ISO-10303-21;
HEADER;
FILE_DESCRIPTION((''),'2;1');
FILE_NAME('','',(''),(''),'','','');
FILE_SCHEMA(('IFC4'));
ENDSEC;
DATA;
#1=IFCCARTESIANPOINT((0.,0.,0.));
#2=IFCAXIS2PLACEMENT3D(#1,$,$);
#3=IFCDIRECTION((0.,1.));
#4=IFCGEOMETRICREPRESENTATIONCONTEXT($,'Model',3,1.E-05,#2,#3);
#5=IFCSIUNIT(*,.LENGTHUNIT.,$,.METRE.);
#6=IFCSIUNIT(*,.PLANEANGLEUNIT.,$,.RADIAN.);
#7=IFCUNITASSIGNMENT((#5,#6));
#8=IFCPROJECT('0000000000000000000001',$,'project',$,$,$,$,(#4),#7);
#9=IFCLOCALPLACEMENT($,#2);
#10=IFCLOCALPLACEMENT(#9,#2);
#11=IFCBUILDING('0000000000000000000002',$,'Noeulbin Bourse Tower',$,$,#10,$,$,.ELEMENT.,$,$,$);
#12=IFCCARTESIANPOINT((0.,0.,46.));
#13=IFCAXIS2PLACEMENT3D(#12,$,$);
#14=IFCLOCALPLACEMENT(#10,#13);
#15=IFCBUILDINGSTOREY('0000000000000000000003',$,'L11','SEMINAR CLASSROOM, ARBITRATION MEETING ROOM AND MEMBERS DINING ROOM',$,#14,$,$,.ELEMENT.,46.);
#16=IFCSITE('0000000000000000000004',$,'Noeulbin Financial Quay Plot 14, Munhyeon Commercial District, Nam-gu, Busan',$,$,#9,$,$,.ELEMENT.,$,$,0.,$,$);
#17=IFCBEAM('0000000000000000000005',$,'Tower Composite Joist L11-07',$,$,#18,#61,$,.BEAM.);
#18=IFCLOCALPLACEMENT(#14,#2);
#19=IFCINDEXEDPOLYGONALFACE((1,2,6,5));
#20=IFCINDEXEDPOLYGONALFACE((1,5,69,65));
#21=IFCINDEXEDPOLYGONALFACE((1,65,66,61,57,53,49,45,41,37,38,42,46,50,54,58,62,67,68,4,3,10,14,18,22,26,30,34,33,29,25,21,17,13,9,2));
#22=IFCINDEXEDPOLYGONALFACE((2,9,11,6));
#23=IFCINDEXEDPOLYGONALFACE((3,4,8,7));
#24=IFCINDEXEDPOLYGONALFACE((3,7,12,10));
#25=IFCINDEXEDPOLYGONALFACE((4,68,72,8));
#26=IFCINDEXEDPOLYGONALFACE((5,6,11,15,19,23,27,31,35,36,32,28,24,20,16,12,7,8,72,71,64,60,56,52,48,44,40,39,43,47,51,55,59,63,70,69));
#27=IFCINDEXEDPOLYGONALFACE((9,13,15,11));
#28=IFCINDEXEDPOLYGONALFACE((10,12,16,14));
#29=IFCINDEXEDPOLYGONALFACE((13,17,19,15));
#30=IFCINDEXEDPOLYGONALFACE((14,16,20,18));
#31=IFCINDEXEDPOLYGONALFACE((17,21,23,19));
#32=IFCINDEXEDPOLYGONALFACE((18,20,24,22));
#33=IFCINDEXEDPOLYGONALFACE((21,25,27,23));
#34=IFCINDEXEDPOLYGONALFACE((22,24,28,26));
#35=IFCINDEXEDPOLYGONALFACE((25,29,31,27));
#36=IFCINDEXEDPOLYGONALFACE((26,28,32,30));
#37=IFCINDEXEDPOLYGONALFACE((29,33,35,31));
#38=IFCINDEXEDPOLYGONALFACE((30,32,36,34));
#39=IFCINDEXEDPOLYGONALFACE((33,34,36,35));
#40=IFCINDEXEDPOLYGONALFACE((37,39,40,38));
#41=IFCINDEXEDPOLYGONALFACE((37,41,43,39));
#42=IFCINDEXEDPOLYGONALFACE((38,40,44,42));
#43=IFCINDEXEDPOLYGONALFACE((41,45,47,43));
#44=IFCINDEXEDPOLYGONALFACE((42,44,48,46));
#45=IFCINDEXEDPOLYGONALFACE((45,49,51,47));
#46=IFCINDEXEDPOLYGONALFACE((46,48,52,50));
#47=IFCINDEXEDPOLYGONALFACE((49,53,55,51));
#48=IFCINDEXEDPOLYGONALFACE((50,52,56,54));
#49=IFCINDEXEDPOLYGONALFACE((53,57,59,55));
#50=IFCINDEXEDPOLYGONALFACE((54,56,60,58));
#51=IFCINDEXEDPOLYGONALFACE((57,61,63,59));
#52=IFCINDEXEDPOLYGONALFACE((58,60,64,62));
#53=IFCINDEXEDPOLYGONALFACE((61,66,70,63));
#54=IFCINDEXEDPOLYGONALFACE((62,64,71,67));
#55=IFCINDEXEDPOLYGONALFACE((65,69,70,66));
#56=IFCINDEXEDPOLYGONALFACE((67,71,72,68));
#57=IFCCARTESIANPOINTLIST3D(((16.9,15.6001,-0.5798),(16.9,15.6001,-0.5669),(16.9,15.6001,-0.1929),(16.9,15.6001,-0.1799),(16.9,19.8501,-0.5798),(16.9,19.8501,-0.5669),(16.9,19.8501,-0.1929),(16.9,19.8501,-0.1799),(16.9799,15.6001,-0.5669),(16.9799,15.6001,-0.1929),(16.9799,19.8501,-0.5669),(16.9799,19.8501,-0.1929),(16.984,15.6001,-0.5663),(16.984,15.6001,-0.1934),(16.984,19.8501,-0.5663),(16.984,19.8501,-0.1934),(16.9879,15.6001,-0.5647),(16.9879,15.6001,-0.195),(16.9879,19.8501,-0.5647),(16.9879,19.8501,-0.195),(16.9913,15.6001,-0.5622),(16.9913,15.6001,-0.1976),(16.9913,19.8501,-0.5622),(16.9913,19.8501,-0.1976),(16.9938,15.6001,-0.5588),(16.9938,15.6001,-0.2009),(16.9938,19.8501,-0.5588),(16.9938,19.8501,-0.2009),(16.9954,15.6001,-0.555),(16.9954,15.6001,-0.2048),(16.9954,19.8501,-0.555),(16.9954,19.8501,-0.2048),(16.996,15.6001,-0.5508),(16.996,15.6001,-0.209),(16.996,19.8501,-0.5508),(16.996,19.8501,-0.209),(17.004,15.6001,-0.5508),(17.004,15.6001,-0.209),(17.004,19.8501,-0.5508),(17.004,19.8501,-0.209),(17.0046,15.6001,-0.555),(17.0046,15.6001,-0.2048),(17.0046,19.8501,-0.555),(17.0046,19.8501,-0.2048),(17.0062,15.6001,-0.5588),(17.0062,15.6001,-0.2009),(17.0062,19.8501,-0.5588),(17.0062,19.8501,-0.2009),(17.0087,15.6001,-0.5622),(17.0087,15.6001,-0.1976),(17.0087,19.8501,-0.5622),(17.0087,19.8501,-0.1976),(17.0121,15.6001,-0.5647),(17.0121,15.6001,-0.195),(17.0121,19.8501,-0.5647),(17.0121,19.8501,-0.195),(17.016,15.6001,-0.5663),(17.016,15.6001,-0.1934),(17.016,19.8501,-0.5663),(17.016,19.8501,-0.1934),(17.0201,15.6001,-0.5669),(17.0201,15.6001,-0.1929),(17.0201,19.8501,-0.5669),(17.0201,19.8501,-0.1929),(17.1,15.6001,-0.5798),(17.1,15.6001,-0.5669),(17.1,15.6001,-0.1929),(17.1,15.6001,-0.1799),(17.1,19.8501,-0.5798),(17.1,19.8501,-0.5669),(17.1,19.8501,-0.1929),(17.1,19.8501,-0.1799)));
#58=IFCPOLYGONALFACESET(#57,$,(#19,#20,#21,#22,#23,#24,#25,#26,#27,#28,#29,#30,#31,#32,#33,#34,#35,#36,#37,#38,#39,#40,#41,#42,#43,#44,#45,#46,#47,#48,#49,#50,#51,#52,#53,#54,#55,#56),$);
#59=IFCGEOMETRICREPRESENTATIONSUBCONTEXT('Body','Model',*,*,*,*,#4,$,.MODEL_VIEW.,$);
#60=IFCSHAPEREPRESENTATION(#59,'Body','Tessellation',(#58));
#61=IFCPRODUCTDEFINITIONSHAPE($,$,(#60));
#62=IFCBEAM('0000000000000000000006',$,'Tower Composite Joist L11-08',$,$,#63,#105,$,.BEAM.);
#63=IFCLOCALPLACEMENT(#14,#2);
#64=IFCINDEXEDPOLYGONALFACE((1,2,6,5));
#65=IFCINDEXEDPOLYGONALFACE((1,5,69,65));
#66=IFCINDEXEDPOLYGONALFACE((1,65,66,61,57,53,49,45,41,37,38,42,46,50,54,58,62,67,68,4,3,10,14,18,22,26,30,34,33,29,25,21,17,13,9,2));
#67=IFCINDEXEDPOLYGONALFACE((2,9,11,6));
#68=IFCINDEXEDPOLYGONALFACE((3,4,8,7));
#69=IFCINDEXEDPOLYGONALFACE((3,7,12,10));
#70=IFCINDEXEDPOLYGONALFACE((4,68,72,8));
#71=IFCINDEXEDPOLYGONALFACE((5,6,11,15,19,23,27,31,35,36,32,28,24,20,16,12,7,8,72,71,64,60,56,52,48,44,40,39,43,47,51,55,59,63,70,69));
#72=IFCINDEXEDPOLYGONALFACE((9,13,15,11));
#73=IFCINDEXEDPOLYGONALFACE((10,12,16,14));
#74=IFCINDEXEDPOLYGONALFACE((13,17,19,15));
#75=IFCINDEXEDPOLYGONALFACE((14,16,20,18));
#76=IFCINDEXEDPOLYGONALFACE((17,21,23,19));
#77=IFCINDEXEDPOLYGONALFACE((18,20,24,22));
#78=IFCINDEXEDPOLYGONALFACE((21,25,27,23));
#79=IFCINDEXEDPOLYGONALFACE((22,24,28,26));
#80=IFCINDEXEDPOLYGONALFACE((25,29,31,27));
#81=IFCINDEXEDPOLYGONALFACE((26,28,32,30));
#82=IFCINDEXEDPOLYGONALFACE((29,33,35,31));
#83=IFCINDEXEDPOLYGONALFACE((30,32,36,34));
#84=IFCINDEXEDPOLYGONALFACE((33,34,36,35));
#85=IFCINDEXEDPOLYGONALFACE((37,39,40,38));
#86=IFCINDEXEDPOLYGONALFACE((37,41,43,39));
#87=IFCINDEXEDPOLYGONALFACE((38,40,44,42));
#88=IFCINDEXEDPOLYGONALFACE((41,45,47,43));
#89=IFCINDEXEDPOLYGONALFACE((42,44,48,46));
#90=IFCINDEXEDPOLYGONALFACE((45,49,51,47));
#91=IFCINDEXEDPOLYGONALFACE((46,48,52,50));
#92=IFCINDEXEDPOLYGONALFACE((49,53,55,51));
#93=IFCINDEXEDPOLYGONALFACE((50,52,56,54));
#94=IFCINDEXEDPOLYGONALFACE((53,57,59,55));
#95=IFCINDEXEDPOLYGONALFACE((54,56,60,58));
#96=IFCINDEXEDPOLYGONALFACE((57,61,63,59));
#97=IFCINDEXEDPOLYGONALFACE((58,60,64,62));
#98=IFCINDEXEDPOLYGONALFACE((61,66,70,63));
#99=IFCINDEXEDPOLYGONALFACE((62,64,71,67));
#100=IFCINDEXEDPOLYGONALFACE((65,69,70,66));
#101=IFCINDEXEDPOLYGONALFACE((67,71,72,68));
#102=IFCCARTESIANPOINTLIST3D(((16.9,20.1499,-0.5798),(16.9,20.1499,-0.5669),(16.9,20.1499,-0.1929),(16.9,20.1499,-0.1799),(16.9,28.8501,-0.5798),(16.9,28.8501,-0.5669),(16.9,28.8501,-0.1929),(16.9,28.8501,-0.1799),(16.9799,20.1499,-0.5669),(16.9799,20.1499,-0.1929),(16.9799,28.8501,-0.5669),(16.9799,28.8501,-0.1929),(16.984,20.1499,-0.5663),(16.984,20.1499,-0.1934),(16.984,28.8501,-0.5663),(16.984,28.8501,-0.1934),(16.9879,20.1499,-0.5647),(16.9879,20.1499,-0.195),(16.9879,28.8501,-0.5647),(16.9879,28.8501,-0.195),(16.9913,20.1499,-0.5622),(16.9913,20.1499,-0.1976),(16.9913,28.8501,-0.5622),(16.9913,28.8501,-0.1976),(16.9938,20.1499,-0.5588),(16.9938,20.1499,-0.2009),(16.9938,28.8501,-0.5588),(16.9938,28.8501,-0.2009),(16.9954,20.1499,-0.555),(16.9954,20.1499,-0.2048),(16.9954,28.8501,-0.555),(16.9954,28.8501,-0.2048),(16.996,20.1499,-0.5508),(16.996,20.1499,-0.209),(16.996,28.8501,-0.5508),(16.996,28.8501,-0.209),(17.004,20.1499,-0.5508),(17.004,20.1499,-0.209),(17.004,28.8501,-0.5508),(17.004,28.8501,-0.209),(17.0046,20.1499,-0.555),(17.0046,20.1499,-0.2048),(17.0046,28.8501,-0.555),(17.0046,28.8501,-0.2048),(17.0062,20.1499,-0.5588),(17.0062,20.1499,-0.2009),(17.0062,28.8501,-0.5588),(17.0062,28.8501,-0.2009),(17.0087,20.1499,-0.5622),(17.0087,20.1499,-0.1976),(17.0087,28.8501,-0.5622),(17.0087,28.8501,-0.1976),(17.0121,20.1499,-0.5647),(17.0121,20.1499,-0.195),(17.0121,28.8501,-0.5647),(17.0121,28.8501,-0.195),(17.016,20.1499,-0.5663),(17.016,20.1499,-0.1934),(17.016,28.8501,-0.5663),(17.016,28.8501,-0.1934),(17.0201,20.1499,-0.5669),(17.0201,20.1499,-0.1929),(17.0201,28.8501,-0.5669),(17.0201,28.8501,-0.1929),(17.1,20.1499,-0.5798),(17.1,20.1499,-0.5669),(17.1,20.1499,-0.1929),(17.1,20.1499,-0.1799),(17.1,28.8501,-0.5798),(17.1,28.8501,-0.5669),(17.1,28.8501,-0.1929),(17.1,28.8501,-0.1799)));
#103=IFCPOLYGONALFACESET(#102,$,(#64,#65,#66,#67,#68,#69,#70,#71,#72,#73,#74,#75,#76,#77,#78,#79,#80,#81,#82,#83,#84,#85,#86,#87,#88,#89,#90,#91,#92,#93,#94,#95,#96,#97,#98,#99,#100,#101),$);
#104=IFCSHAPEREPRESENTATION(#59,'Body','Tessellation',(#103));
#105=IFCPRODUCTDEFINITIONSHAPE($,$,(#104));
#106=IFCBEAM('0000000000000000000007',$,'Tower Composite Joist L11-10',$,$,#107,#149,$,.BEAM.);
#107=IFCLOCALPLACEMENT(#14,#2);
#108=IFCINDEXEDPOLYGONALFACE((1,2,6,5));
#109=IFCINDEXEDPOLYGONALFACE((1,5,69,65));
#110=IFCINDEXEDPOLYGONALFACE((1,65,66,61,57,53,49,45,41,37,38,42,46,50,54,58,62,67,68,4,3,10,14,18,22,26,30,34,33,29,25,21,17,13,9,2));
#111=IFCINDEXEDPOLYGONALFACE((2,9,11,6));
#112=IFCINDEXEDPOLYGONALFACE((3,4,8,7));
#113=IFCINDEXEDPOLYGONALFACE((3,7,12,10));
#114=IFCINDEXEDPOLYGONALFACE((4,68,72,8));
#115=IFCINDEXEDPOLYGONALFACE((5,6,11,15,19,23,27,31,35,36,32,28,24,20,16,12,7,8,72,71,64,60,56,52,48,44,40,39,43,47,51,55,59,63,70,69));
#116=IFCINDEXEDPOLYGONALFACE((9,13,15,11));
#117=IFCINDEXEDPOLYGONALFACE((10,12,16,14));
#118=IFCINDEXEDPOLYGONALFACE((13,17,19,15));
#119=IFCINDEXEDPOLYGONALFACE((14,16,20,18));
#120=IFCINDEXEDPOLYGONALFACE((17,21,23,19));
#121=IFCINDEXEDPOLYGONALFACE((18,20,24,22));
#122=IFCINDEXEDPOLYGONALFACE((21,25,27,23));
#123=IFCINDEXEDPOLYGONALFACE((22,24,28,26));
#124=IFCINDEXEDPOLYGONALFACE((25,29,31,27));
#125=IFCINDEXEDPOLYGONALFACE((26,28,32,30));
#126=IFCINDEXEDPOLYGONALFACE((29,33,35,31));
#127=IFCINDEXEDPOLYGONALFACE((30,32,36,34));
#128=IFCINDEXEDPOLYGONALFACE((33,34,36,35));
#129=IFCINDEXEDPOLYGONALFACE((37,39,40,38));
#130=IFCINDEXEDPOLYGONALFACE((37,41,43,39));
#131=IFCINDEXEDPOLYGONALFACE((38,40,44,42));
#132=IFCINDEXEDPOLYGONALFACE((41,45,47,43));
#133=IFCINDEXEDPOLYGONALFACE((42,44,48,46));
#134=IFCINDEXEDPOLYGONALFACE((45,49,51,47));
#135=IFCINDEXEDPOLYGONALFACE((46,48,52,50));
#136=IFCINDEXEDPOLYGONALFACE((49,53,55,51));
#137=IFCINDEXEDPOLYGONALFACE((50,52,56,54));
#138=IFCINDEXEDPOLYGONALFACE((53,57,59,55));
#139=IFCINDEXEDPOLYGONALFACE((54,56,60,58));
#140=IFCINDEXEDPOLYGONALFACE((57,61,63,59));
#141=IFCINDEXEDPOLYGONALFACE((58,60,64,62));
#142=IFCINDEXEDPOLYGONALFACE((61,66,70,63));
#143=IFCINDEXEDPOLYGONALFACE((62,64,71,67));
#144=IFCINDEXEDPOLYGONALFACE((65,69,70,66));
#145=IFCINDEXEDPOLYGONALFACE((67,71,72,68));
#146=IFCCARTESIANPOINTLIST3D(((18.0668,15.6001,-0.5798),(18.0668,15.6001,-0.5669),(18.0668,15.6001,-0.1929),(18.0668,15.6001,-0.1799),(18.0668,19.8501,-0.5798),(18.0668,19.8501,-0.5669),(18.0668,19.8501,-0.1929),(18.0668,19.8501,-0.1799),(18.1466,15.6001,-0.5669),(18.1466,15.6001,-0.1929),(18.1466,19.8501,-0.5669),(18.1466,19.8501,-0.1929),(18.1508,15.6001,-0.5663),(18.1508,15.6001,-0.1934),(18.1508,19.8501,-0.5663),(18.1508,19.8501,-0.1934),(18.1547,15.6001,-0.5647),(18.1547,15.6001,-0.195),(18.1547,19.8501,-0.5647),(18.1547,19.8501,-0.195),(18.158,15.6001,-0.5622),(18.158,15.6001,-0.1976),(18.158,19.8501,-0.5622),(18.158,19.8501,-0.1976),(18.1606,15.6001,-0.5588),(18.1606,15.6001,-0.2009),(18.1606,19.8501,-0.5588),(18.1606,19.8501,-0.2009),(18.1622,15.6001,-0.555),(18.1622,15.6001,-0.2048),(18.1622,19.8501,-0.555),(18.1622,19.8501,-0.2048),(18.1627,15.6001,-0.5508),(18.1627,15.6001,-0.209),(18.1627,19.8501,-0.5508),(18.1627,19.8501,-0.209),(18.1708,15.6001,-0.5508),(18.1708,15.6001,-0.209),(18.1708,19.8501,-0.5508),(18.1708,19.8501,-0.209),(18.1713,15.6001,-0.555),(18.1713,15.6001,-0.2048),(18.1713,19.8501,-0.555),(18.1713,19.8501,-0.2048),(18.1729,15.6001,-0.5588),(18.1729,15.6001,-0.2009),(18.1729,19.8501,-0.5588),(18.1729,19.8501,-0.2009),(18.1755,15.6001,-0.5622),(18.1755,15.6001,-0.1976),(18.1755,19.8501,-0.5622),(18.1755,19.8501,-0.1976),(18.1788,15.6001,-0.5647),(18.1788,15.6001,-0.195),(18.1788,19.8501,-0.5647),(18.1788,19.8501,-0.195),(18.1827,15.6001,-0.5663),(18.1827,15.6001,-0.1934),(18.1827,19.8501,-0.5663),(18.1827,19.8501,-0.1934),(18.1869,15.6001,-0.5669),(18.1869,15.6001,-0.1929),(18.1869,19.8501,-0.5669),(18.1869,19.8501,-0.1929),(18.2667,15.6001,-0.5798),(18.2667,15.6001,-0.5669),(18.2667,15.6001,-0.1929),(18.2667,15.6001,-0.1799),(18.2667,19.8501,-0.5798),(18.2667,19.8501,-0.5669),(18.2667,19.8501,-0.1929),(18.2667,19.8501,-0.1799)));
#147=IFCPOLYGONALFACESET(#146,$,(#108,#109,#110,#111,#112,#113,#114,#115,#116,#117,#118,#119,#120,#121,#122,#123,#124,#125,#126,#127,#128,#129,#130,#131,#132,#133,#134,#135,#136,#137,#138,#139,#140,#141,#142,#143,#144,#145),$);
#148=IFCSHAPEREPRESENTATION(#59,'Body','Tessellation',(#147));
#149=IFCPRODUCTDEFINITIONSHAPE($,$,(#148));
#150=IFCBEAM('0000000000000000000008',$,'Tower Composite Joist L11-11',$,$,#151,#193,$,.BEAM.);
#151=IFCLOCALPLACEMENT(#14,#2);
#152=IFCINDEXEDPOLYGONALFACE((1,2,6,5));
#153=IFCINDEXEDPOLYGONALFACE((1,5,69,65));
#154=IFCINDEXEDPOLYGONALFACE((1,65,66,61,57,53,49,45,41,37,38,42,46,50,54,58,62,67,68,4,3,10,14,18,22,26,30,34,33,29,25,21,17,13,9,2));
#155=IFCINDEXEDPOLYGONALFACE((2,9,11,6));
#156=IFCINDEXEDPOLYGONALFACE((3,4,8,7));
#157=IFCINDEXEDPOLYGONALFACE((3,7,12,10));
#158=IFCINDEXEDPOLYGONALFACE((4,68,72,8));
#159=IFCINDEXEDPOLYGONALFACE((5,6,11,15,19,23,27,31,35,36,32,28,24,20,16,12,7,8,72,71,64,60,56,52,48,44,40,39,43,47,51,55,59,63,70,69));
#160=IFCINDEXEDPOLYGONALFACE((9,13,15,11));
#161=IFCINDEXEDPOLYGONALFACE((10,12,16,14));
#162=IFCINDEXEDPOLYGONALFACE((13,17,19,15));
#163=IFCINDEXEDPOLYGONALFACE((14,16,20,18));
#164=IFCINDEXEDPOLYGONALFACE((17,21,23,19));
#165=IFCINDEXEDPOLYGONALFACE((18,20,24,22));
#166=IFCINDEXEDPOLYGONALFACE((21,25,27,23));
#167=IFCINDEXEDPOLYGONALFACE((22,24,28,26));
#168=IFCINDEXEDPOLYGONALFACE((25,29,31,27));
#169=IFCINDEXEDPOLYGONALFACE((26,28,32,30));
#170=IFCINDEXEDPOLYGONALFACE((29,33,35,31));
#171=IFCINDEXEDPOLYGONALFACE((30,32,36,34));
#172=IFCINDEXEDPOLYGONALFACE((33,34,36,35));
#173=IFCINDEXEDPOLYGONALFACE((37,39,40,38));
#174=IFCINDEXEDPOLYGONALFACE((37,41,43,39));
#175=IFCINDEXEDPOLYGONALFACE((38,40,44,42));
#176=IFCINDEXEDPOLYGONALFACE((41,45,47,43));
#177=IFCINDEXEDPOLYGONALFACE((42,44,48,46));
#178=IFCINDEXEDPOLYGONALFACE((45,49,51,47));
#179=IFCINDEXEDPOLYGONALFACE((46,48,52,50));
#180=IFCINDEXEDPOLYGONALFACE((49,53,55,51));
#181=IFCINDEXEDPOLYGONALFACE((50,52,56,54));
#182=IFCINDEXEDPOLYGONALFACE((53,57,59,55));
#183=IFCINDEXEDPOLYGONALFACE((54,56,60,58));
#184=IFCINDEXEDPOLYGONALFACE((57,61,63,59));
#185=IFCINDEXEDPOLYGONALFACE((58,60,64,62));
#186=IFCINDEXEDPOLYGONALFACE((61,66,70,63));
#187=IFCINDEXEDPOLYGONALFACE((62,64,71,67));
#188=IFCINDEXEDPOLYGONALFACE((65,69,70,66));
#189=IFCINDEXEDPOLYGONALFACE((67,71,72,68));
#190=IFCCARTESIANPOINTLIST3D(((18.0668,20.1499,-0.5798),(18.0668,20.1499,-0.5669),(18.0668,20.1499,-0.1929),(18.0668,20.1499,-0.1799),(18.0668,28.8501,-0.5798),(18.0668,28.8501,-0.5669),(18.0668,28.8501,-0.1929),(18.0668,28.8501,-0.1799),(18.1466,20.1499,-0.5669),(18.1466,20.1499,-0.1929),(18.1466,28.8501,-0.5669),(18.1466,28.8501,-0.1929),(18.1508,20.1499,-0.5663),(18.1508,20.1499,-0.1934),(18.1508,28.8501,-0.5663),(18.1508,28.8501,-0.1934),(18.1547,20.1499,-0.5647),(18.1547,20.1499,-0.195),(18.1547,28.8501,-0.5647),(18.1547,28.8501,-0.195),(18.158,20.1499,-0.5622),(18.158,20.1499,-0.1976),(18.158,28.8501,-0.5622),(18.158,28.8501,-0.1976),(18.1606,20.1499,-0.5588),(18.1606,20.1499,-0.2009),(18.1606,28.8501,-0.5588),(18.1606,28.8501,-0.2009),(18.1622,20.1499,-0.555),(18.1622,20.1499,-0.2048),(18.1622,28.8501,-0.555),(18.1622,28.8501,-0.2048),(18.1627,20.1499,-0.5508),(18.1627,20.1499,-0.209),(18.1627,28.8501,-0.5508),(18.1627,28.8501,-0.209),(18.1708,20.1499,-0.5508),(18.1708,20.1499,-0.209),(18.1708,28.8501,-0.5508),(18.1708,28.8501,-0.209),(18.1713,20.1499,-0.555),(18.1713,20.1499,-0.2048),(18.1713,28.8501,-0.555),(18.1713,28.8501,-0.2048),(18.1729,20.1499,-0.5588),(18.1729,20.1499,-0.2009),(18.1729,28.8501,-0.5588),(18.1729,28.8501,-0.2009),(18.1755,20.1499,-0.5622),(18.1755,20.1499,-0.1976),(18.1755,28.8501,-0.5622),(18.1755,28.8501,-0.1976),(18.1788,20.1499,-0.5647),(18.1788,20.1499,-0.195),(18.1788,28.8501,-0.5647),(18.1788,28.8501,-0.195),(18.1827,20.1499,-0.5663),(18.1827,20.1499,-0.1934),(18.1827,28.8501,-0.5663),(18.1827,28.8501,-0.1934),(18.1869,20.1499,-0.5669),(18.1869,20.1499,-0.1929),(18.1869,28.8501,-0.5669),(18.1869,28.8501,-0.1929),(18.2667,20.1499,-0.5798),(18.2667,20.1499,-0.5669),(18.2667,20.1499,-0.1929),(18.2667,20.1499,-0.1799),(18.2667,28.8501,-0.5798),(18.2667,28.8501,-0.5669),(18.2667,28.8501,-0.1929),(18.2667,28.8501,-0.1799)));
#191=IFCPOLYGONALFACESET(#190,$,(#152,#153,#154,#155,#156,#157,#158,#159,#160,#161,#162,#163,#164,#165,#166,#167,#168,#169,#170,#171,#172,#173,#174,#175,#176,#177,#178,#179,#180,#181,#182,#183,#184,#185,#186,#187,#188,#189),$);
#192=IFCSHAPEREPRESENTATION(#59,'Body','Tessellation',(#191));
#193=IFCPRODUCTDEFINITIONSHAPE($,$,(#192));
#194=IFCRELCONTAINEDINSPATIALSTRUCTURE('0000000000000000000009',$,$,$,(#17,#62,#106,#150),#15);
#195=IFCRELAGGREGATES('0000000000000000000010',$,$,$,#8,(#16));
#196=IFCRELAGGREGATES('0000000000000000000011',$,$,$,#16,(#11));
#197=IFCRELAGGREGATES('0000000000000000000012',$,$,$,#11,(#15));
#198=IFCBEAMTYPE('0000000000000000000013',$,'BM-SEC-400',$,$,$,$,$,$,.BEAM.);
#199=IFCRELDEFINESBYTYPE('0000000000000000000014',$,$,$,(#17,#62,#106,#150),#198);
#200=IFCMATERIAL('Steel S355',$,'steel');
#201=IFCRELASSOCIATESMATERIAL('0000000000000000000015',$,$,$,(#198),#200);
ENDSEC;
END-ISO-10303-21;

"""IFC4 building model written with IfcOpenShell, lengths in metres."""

from ifc_helpers import new_model, si_unit, direction, frame, origin, origin_2d, place, context, subcontext, project, spatial, i_section, extrude, material, material_profile, profile_set, type_object, element, save


model = new_model("IFC4")

# Units and contexts
model_context = context("Model", 3, precision=1e-05, world=origin(), true_north=direction((0.0, 1.0)))
body_context = subcontext(model_context, "Body", "Model", "MODEL_VIEW")
ifc_project = project(units=[si_unit("LENGTHUNIT", "METRE"), si_unit("PLANEANGLEUNIT", "RADIAN")], contexts=[model_context])

# Site, building, storey
site_placement = place(None, origin())
site = spatial("IfcSite", under=ifc_project, at=site_placement, Name="Noeulbin Financial Quay Plot 14, Munhyeon Commercial District, Nam-gu, Busan", CompositionType="ELEMENT", RefElevation=0.0)
building_placement = place(site_placement, origin())
building = spatial("IfcBuilding", under=site, at=building_placement, Name="Noeulbin Bourse Tower", CompositionType="ELEMENT")
storey_placement = place(building_placement, frame((0.0, 0.0, 46.0)))
storey = spatial("IfcBuildingStorey", under=building, at=storey_placement, Name="L11", Description="SEMINAR CLASSROOM, ARBITRATION MEETING ROOM AND MEMBERS DINING ROOM", CompositionType="ELEMENT", Elevation=46.0)

# Beams
ifc_material_1 = material(Name="Steel S355", Category="steel")
ifc_material_profile_1 = material_profile(ifc_material_1, i_section(OverallWidth=0.2, OverallDepth=0.3999, WebThickness=0.0081, FlangeThickness=0.0129, FilletRadius=0.0161, at=origin_2d()), Name="H-400x200x8x13", Category="LoadBearing")
ifc_profile_set_1 = profile_set([ifc_material_profile_1], Name="Steel S355")
beam_type = type_object("IfcBeamType", Name="BM-SEC-400", PredefinedType="BEAM", material=ifc_profile_set_1)
beam_1_placement = place(storey_placement, frame((17.0, 15.6001, -0.3799), z_axis=(0.0, 1.0, 0.0), x_axis=(-1.0, 0.0, 0.0)))
element("IfcBeam", 1, at=beam_1_placement, inside=storey, type_object=beam_type, Name="Tower Composite Joist L11-07", PredefinedType="BEAM", context=body_context, shape_type="SweptSolid", body=[
    extrude(i_section(OverallWidth=0.2, OverallDepth=0.3999, WebThickness=0.0081, FlangeThickness=0.0129, FilletRadius=0.0161, at=origin_2d()), origin(), (0.0, 0.0, 1.0), 4.25),
])
beam_2_placement = place(storey_placement, frame((17.0, 20.1499, -0.3799), z_axis=(0.0, 1.0, 0.0), x_axis=(-1.0, 0.0, 0.0)))
element("IfcBeam", 2, at=beam_2_placement, inside=storey, type_object=beam_type, Name="Tower Composite Joist L11-08", PredefinedType="BEAM", context=body_context, shape_type="SweptSolid", body=[
    extrude(i_section(OverallWidth=0.2, OverallDepth=0.3999, WebThickness=0.0081, FlangeThickness=0.0129, FilletRadius=0.0161, at=origin_2d()), origin(), (0.0, 0.0, 1.0), 8.7002),
])
beam_3_placement = place(storey_placement, frame((18.1667, 15.6001, -0.3799), z_axis=(0.0, 1.0, 0.0), x_axis=(-1.0, 0.0, 0.0)))
element("IfcBeam", 3, at=beam_3_placement, inside=storey, type_object=beam_type, Name="Tower Composite Joist L11-10", PredefinedType="BEAM", context=body_context, shape_type="SweptSolid", body=[
    extrude(i_section(OverallWidth=0.2, OverallDepth=0.3999, WebThickness=0.0081, FlangeThickness=0.0129, FilletRadius=0.0161, at=origin_2d()), origin(), (0.0, 0.0, 1.0), 4.25),
])
beam_4_placement = place(storey_placement, frame((18.1667, 20.1499, -0.3799), z_axis=(0.0, 1.0, 0.0), x_axis=(-1.0, 0.0, 0.0)))
element("IfcBeam", 4, at=beam_4_placement, inside=storey, type_object=beam_type, Name="Tower Composite Joist L11-11", PredefinedType="BEAM", context=body_context, shape_type="SweptSolid", body=[
    extrude(i_section(OverallWidth=0.2, OverallDepth=0.3999, WebThickness=0.0081, FlangeThickness=0.0129, FilletRadius=0.0161, at=origin_2d()), origin(), (0.0, 0.0, 1.0), 8.7002),
])

save(model, "model.ifc")
